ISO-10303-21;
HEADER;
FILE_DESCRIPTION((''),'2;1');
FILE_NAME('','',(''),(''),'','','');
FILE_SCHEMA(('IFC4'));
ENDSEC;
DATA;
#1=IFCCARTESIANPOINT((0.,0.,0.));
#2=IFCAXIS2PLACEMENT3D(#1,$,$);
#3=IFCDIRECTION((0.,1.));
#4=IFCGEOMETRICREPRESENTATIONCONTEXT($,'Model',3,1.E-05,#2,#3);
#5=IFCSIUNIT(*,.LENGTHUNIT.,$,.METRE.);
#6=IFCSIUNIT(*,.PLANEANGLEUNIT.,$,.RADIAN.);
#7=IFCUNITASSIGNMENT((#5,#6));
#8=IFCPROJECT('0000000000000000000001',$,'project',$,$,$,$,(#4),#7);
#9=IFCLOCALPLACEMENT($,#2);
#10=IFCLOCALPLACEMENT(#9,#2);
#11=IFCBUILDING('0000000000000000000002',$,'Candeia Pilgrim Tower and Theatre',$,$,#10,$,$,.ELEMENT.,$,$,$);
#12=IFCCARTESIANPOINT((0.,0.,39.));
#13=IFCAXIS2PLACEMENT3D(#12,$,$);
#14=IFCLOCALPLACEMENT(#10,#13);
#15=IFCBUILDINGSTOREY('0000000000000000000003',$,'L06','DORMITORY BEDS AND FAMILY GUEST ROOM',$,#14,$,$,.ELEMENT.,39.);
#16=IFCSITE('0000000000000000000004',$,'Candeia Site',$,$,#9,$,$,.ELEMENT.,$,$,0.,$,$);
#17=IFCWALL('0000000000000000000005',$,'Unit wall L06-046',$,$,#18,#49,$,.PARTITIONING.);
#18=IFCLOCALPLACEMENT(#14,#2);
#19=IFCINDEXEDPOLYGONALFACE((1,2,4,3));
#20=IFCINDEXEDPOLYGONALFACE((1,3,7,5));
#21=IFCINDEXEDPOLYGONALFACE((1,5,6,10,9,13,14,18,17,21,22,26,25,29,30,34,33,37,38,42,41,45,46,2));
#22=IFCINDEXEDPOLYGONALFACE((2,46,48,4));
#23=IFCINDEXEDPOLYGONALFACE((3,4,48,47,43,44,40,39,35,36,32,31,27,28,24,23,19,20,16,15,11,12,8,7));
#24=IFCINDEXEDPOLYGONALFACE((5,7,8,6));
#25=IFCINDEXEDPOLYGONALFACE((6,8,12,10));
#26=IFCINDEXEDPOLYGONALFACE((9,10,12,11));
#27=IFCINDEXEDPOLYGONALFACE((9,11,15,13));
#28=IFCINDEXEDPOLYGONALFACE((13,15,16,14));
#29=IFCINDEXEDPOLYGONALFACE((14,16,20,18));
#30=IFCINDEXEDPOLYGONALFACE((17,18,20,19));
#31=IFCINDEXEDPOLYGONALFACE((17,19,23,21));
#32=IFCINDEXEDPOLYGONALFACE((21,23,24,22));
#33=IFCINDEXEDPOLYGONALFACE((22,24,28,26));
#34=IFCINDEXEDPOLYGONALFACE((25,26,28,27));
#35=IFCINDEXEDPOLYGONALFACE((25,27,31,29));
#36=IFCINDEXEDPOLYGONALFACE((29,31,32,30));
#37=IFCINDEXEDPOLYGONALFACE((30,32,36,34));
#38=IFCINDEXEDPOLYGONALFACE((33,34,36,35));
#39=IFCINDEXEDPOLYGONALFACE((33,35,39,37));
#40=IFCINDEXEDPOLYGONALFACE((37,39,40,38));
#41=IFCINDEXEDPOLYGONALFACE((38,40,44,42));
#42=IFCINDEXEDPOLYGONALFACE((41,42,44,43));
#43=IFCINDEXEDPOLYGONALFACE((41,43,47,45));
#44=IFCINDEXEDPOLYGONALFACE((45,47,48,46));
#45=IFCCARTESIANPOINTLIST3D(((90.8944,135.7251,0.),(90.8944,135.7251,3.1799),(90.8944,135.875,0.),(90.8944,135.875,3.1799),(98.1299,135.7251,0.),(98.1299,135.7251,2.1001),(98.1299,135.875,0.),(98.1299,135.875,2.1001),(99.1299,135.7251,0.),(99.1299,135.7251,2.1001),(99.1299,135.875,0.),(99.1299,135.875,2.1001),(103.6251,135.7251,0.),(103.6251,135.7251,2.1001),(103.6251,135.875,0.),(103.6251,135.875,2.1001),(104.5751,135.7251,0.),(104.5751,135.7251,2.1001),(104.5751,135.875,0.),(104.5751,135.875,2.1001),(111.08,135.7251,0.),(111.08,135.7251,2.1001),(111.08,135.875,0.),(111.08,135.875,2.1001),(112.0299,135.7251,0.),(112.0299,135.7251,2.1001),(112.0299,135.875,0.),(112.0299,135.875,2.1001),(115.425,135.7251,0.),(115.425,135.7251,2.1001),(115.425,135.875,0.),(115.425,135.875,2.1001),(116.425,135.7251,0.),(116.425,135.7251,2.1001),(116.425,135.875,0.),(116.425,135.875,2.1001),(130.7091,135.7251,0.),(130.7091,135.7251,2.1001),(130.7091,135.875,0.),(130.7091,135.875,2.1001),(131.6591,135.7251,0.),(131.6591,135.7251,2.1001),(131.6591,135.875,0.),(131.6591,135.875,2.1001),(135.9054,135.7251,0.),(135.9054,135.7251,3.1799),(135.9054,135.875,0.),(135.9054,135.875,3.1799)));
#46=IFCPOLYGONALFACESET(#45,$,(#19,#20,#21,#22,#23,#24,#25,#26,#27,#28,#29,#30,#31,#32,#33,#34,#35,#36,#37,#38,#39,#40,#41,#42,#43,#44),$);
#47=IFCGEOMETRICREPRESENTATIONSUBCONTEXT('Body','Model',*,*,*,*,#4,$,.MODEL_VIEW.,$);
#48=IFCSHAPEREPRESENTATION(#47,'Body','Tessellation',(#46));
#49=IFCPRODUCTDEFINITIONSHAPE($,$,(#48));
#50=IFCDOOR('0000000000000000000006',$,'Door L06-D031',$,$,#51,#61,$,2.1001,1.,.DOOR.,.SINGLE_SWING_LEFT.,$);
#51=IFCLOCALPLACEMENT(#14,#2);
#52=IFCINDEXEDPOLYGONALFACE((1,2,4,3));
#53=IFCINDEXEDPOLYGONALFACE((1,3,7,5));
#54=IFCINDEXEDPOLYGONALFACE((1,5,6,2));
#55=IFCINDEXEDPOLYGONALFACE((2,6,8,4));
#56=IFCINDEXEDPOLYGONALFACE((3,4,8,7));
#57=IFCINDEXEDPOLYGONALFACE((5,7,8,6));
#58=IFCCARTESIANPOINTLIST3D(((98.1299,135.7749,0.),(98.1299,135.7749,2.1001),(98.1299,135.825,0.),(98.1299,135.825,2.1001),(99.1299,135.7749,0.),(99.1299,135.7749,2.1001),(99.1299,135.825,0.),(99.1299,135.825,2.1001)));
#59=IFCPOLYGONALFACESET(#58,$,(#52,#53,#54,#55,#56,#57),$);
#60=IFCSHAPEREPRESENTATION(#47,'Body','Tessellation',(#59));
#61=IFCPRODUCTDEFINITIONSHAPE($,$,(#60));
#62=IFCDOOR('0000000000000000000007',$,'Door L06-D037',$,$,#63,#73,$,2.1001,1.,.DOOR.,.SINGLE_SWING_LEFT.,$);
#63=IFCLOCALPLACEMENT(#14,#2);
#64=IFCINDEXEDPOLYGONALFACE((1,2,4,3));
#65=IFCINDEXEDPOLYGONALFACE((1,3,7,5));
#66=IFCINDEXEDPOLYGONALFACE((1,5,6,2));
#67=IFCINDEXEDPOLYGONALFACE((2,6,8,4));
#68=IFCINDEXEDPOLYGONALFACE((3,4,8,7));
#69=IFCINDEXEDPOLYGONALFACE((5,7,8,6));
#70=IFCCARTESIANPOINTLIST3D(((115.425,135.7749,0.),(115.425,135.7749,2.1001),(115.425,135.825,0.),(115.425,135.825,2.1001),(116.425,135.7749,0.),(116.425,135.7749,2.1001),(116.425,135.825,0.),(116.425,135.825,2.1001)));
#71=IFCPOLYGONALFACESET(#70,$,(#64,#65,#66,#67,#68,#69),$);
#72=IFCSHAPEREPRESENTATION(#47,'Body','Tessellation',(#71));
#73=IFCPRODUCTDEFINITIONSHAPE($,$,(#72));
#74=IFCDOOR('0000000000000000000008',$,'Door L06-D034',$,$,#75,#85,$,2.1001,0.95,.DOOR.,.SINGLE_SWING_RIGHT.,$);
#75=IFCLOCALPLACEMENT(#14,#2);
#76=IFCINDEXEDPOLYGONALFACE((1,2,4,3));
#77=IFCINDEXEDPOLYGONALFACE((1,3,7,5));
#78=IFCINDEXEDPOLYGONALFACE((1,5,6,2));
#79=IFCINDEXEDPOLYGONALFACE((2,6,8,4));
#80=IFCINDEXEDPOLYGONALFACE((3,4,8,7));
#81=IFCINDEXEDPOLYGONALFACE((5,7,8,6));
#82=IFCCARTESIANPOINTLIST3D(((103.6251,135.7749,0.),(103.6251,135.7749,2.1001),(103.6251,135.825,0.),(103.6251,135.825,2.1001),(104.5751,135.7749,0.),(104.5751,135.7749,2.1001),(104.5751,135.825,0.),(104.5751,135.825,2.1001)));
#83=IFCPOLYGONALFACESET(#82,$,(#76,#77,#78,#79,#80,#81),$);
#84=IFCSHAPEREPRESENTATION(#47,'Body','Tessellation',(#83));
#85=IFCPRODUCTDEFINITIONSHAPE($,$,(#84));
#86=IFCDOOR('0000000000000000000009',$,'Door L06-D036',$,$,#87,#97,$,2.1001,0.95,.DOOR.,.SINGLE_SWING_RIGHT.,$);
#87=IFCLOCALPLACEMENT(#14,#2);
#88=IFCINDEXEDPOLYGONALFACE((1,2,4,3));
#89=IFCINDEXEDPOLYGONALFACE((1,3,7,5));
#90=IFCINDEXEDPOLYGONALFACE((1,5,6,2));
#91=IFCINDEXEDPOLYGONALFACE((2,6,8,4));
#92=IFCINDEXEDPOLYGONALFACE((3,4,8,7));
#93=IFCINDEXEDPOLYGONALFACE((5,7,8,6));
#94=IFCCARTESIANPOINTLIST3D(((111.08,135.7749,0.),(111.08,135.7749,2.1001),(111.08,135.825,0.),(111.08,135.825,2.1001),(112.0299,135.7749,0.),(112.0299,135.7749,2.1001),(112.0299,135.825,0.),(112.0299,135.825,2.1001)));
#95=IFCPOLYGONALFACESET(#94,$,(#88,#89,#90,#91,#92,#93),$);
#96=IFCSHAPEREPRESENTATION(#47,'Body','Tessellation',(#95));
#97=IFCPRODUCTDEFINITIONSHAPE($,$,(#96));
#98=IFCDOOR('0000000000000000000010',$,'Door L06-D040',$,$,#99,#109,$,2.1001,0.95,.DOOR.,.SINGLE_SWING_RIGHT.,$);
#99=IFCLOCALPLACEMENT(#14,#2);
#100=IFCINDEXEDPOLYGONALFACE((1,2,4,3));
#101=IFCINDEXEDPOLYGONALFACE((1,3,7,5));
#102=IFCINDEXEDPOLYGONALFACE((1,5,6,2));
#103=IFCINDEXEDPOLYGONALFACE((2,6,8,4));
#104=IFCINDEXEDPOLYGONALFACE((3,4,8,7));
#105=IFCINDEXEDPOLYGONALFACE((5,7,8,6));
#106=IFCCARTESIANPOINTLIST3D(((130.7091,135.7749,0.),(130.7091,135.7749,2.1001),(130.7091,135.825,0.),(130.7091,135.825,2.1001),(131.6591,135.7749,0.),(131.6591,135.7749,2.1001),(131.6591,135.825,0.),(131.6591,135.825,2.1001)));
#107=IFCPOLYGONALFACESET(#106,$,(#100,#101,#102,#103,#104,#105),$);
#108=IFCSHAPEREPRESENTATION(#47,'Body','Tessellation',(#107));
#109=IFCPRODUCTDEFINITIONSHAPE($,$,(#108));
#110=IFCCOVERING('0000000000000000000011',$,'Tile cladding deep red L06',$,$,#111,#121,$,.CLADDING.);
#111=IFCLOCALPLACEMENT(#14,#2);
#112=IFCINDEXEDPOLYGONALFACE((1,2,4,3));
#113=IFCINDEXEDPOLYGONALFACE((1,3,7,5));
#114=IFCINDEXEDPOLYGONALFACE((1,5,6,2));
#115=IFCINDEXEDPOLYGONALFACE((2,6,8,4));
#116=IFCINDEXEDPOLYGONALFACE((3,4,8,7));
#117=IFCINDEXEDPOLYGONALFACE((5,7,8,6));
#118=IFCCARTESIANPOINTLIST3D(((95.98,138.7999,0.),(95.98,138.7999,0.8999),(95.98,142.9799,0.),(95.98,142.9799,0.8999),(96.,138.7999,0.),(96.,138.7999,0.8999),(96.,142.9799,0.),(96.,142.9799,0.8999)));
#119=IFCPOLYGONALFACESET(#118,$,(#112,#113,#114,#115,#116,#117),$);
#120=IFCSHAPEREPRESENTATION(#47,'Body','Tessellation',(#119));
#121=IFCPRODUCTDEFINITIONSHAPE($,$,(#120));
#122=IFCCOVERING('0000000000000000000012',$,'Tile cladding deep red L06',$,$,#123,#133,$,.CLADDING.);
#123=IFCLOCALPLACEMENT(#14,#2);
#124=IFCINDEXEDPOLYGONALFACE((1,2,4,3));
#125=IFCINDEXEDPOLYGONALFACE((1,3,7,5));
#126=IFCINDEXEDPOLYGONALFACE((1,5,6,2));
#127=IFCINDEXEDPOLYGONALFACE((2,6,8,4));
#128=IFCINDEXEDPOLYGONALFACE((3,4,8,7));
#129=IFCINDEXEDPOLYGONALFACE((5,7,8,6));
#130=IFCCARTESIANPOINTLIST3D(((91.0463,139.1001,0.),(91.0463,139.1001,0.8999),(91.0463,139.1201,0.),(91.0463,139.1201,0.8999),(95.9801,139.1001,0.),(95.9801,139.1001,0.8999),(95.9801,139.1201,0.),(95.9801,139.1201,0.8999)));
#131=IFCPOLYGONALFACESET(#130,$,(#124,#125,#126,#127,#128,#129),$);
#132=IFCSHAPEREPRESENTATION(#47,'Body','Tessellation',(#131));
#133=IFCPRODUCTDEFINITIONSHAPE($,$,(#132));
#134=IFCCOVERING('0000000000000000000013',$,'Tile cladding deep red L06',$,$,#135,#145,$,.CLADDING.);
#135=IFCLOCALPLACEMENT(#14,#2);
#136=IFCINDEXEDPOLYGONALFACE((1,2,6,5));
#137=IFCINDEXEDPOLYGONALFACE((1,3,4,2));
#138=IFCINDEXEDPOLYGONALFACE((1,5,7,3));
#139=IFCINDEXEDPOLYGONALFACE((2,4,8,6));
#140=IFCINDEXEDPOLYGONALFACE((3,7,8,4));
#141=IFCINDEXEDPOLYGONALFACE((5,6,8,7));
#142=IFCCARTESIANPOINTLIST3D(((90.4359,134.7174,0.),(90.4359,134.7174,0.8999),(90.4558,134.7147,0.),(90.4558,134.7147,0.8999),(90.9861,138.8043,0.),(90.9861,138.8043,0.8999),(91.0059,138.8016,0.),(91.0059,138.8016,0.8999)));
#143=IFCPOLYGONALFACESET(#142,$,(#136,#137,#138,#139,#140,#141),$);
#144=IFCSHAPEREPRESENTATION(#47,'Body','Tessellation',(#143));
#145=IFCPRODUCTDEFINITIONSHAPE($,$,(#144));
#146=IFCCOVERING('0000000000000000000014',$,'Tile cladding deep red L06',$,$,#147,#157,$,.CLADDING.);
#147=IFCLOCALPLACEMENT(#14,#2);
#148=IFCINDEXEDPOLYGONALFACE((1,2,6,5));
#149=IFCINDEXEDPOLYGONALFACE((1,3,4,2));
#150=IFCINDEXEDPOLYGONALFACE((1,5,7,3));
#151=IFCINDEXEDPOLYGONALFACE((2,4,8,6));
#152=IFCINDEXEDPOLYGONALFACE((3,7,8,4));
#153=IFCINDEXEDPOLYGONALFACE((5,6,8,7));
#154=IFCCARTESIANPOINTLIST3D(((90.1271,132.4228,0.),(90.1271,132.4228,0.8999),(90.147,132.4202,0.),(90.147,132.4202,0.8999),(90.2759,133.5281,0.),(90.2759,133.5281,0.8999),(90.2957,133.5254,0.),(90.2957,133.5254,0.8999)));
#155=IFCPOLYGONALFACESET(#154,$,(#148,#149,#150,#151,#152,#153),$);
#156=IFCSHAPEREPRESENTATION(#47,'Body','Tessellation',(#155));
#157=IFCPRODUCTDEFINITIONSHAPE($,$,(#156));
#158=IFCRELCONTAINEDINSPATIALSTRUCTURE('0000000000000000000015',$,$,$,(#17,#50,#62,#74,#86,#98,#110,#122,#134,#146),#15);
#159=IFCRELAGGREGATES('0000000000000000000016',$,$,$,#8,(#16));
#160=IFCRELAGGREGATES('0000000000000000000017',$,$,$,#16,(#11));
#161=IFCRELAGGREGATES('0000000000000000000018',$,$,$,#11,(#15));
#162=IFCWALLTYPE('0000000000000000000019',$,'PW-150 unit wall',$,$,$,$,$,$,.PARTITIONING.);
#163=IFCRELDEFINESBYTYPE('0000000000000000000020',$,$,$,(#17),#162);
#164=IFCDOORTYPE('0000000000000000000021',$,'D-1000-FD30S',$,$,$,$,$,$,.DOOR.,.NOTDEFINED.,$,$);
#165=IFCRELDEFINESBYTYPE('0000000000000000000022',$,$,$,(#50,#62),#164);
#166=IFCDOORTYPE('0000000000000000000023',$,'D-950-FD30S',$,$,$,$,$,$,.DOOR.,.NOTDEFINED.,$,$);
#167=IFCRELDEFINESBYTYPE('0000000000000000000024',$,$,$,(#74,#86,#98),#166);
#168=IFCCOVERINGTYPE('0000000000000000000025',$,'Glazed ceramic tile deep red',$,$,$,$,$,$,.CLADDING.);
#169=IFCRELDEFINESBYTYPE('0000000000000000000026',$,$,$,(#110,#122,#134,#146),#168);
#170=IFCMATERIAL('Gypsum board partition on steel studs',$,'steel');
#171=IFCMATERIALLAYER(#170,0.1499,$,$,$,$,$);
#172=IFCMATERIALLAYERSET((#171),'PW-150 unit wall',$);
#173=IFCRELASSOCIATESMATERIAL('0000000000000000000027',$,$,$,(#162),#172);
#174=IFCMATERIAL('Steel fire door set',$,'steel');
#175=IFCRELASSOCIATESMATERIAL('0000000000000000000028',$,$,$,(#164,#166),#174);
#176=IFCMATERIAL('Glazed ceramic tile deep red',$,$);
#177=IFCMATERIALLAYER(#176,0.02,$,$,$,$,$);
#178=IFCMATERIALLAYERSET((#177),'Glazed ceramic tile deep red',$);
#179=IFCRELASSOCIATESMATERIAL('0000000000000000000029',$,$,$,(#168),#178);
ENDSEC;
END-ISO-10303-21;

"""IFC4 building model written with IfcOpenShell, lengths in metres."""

from ifc_helpers import new_model, si_unit, direction, frame, frame_2d, origin, origin_2d, place, context, subcontext, project, spatial, rectangle, extrude, material, layer, layer_set, type_object, element, fill, save


model = new_model("IFC4")

# Units and contexts
model_context = context("Model", 3, precision=1e-05, world=origin(), true_north=direction((0.0, 1.0)))
body_context = subcontext(model_context, "Body", "Model", "MODEL_VIEW")
ifc_project = project(units=[si_unit("LENGTHUNIT", "METRE"), si_unit("PLANEANGLEUNIT", "RADIAN")], contexts=[model_context])

# Site, building, storey
site_placement = place(None, origin())
site = spatial("IfcSite", under=ifc_project, at=site_placement, Name="Candeia Site", CompositionType="ELEMENT", RefElevation=0.0)
building_placement = place(site_placement, origin())
building = spatial("IfcBuilding", under=site, at=building_placement, Name="Candeia Pilgrim Tower and Theatre", CompositionType="ELEMENT")
storey_placement = place(building_placement, frame((0.0, 0.0, 39.0)))
storey = spatial("IfcBuildingStorey", under=building, at=storey_placement, Name="L06", Description="DORMITORY BEDS AND FAMILY GUEST ROOM", CompositionType="ELEMENT", Elevation=39.0)

# Shared definitions
ifc_material_1 = material(Name="Gypsum board partition on steel studs", Category="steel")

# Wall, openings, doors
ifc_layer_1 = layer(ifc_material_1, 0.1499)
ifc_layer_set_1 = layer_set([ifc_layer_1], Name="PW-150 unit wall")
wall_type_1 = type_object("IfcWallType", Name="PW-150 unit wall", PredefinedType="PARTITIONING", material=ifc_layer_set_1)
wall_1_placement = place(storey_placement, frame((90.8945, 135.8, 0.0), z_axis=(0.0, 0.0, 1.0), x_axis=(1.0, 0.0, 0.0)))
wall_1 = element("IfcWall", 1, at=wall_1_placement, inside=storey, type_object=wall_type_1, Name="Unit wall L06-046", PredefinedType="PARTITIONING", context=body_context, shape_type="SweptSolid", body=[
    extrude(rectangle(XDim=45.011, YDim=0.1499, at=frame_2d((22.5054, 0.0))), origin(), (0.0, 0.0, 1.0), 3.1799),
])
opening_1_placement = place(wall_1_placement, frame((7.2354, 0.0, 0.0)))
opening_1 = element("IfcOpeningElement", 2, at=opening_1_placement, cuts=wall_1, PredefinedType="OPENING", context=body_context, shape_type="SweptSolid", body=[
    extrude(rectangle(XDim=1.0, YDim=2.1001, at=frame_2d((0.5, 1.05))), frame((0.0, 0.085, 0.0), z_axis=(0.0, -1.0, 0.0), x_axis=(1.0, 0.0, 0.0)), (0.0, 0.0, 1.0), 0.1699),
])
opening_2_placement = place(wall_1_placement, frame((12.7305, 0.0, 0.0)))
opening_2 = element("IfcOpeningElement", 3, at=opening_2_placement, cuts=wall_1, PredefinedType="OPENING", context=body_context, shape_type="SweptSolid", body=[
    extrude(rectangle(XDim=0.95, YDim=2.1001, at=frame_2d((0.4751, 1.05))), frame((0.0, 0.085, 0.0), z_axis=(0.0, -1.0, 0.0), x_axis=(1.0, 0.0, 0.0)), (0.0, 0.0, 1.0), 0.1699),
])
opening_3_placement = place(wall_1_placement, frame((20.1853, 0.0, 0.0)))
opening_3 = element("IfcOpeningElement", 4, at=opening_3_placement, cuts=wall_1, PredefinedType="OPENING", context=body_context, shape_type="SweptSolid", body=[
    extrude(rectangle(XDim=0.95, YDim=2.1001, at=frame_2d((0.4751, 1.05))), frame((0.0, 0.085, 0.0), z_axis=(0.0, -1.0, 0.0), x_axis=(1.0, 0.0, 0.0)), (0.0, 0.0, 1.0), 0.1699),
])
opening_4_placement = place(wall_1_placement, frame((24.5305, 0.0, 0.0)))
opening_4 = element("IfcOpeningElement", 5, at=opening_4_placement, cuts=wall_1, PredefinedType="OPENING", context=body_context, shape_type="SweptSolid", body=[
    extrude(rectangle(XDim=1.0, YDim=2.1001, at=frame_2d((0.5, 1.05))), frame((0.0, 0.085, 0.0), z_axis=(0.0, -1.0, 0.0), x_axis=(1.0, 0.0, 0.0)), (0.0, 0.0, 1.0), 0.1699),
])
opening_5_placement = place(wall_1_placement, frame((39.8145, 0.0, 0.0)))
opening_5 = element("IfcOpeningElement", 6, at=opening_5_placement, cuts=wall_1, PredefinedType="OPENING", context=body_context, shape_type="SweptSolid", body=[
    extrude(rectangle(XDim=0.95, YDim=2.1001, at=frame_2d((0.4751, 1.05))), frame((0.0, 0.085, 0.0), z_axis=(0.0, -1.0, 0.0), x_axis=(1.0, 0.0, 0.0)), (0.0, 0.0, 1.0), 0.1699),
])
ifc_material_2 = material(Name="Steel fire door set", Category="steel")
door_type_1 = type_object("IfcDoorType", Name="D-1000-FD30S", OperationType="NOTDEFINED", PredefinedType="DOOR", material=ifc_material_2)
door_1_placement = place(opening_1_placement, origin())
door_1 = element("IfcDoor", 7, at=door_1_placement, inside=storey, type_object=door_type_1, Name="Door L06-D031", OperationType="SINGLE_SWING_LEFT", OverallHeight=2.1001, OverallWidth=1.0, PredefinedType="DOOR", context=body_context, shape_type="SweptSolid", body=[
    extrude(rectangle(XDim=1.0, YDim=2.1001, at=frame_2d((0.5, 1.05))), frame((0.0, 0.0249, 0.0), z_axis=(0.0, -1.0, 0.0), x_axis=(1.0, 0.0, 0.0)), (0.0, 0.0, 1.0), 0.05),
])
fill(opening_1, door_1)
door_2_placement = place(opening_4_placement, origin())
door_2 = element("IfcDoor", 8, at=door_2_placement, inside=storey, type_object=door_type_1, Name="Door L06-D037", OperationType="SINGLE_SWING_LEFT", OverallHeight=2.1001, OverallWidth=1.0, PredefinedType="DOOR", context=body_context, shape_type="SweptSolid", body=[
    extrude(rectangle(XDim=1.0, YDim=2.1001, at=frame_2d((0.5, 1.05))), frame((0.0, 0.0249, 0.0), z_axis=(0.0, -1.0, 0.0), x_axis=(1.0, 0.0, 0.0)), (0.0, 0.0, 1.0), 0.05),
])
fill(opening_4, door_2)
door_type_2 = type_object("IfcDoorType", Name="D-950-FD30S", OperationType="NOTDEFINED", PredefinedType="DOOR", material=ifc_material_2)
door_3_placement = place(opening_2_placement, origin())
door_3 = element("IfcDoor", 9, at=door_3_placement, inside=storey, type_object=door_type_2, Name="Door L06-D034", OperationType="SINGLE_SWING_RIGHT", OverallHeight=2.1001, OverallWidth=0.95, PredefinedType="DOOR", context=body_context, shape_type="SweptSolid", body=[
    extrude(rectangle(XDim=0.95, YDim=2.1001, at=frame_2d((0.4751, 1.05))), frame((0.0, 0.0249, 0.0), z_axis=(0.0, -1.0, 0.0), x_axis=(1.0, 0.0, 0.0)), (0.0, 0.0, 1.0), 0.05),
])
fill(opening_2, door_3)
door_4_placement = place(opening_3_placement, origin())
door_4 = element("IfcDoor", 10, at=door_4_placement, inside=storey, type_object=door_type_2, Name="Door L06-D036", OperationType="SINGLE_SWING_RIGHT", OverallHeight=2.1001, OverallWidth=0.95, PredefinedType="DOOR", context=body_context, shape_type="SweptSolid", body=[
    extrude(rectangle(XDim=0.95, YDim=2.1001, at=frame_2d((0.4751, 1.05))), frame((0.0, 0.0249, 0.0), z_axis=(0.0, -1.0, 0.0), x_axis=(1.0, 0.0, 0.0)), (0.0, 0.0, 1.0), 0.05),
])
fill(opening_3, door_4)
door_5_placement = place(opening_5_placement, origin())
door_5 = element("IfcDoor", 11, at=door_5_placement, inside=storey, type_object=door_type_2, Name="Door L06-D040", OperationType="SINGLE_SWING_RIGHT", OverallHeight=2.1001, OverallWidth=0.95, PredefinedType="DOOR", context=body_context, shape_type="SweptSolid", body=[
    extrude(rectangle(XDim=0.95, YDim=2.1001, at=frame_2d((0.4751, 1.05))), frame((0.0, 0.0249, 0.0), z_axis=(0.0, -1.0, 0.0), x_axis=(1.0, 0.0, 0.0)), (0.0, 0.0, 1.0), 0.05),
])
fill(opening_5, door_5)

# Coverings
ifc_material_3 = material(Name="Glazed ceramic tile deep red")
ifc_layer_2 = layer(ifc_material_3, 0.02)
ifc_layer_set_2 = layer_set([ifc_layer_2], Name="Glazed ceramic tile deep red")
covering_type = type_object("IfcCoveringType", Name="Glazed ceramic tile deep red", PredefinedType="CLADDING", material=ifc_layer_set_2)
covering_1_placement = place(storey_placement, frame((95.99, 140.8899, 0.0), z_axis=(0.0, 0.0, 1.0), x_axis=(0.0, -1.0, 0.0)))
element("IfcCovering", 12, at=covering_1_placement, inside=storey, type_object=covering_type, Name="Tile cladding deep red L06", PredefinedType="CLADDING", context=body_context, shape_type="SweptSolid", body=[
    extrude(rectangle(XDim=4.1799, YDim=0.02, at=origin_2d()), origin(), (0.0, 0.0, 1.0), 0.8999),
])
covering_2_placement = place(storey_placement, frame((93.5132, 139.1101, 0.0), z_axis=(0.0, 0.0, 1.0), x_axis=(-1.0, 0.0, 0.0)))
element("IfcCovering", 13, at=covering_2_placement, inside=storey, type_object=covering_type, Name="Tile cladding deep red L06", PredefinedType="CLADDING", context=body_context, shape_type="SweptSolid", body=[
    extrude(rectangle(XDim=4.9338, YDim=0.02, at=origin_2d()), origin(), (0.0, 0.0, 1.0), 0.8999),
])
covering_3_placement = place(storey_placement, frame((90.7209, 136.7595, 0.0), z_axis=(0.0, 0.0, 1.0), x_axis=(-0.133412, -0.991061, 0.0)))
element("IfcCovering", 14, at=covering_3_placement, inside=storey, type_object=covering_type, Name="Tile cladding deep red L06", PredefinedType="CLADDING", context=body_context, shape_type="SweptSolid", body=[
    extrude(rectangle(XDim=4.1238, YDim=0.02, at=origin_2d()), origin(), (0.0, 0.0, 1.0), 0.8999),
])
covering_4_placement = place(storey_placement, frame((90.2114, 132.9741, 0.0), z_axis=(0.0, 0.0, 1.0), x_axis=(-0.133412, -0.991061, 0.0)))
element("IfcCovering", 15, at=covering_4_placement, inside=storey, type_object=covering_type, Name="Tile cladding deep red L06", PredefinedType="CLADDING", context=body_context, shape_type="SweptSolid", body=[
    extrude(rectangle(XDim=1.1152, YDim=0.02, at=origin_2d()), origin(), (0.0, 0.0, 1.0), 0.8999),
])

save(model, "model.ifc")
